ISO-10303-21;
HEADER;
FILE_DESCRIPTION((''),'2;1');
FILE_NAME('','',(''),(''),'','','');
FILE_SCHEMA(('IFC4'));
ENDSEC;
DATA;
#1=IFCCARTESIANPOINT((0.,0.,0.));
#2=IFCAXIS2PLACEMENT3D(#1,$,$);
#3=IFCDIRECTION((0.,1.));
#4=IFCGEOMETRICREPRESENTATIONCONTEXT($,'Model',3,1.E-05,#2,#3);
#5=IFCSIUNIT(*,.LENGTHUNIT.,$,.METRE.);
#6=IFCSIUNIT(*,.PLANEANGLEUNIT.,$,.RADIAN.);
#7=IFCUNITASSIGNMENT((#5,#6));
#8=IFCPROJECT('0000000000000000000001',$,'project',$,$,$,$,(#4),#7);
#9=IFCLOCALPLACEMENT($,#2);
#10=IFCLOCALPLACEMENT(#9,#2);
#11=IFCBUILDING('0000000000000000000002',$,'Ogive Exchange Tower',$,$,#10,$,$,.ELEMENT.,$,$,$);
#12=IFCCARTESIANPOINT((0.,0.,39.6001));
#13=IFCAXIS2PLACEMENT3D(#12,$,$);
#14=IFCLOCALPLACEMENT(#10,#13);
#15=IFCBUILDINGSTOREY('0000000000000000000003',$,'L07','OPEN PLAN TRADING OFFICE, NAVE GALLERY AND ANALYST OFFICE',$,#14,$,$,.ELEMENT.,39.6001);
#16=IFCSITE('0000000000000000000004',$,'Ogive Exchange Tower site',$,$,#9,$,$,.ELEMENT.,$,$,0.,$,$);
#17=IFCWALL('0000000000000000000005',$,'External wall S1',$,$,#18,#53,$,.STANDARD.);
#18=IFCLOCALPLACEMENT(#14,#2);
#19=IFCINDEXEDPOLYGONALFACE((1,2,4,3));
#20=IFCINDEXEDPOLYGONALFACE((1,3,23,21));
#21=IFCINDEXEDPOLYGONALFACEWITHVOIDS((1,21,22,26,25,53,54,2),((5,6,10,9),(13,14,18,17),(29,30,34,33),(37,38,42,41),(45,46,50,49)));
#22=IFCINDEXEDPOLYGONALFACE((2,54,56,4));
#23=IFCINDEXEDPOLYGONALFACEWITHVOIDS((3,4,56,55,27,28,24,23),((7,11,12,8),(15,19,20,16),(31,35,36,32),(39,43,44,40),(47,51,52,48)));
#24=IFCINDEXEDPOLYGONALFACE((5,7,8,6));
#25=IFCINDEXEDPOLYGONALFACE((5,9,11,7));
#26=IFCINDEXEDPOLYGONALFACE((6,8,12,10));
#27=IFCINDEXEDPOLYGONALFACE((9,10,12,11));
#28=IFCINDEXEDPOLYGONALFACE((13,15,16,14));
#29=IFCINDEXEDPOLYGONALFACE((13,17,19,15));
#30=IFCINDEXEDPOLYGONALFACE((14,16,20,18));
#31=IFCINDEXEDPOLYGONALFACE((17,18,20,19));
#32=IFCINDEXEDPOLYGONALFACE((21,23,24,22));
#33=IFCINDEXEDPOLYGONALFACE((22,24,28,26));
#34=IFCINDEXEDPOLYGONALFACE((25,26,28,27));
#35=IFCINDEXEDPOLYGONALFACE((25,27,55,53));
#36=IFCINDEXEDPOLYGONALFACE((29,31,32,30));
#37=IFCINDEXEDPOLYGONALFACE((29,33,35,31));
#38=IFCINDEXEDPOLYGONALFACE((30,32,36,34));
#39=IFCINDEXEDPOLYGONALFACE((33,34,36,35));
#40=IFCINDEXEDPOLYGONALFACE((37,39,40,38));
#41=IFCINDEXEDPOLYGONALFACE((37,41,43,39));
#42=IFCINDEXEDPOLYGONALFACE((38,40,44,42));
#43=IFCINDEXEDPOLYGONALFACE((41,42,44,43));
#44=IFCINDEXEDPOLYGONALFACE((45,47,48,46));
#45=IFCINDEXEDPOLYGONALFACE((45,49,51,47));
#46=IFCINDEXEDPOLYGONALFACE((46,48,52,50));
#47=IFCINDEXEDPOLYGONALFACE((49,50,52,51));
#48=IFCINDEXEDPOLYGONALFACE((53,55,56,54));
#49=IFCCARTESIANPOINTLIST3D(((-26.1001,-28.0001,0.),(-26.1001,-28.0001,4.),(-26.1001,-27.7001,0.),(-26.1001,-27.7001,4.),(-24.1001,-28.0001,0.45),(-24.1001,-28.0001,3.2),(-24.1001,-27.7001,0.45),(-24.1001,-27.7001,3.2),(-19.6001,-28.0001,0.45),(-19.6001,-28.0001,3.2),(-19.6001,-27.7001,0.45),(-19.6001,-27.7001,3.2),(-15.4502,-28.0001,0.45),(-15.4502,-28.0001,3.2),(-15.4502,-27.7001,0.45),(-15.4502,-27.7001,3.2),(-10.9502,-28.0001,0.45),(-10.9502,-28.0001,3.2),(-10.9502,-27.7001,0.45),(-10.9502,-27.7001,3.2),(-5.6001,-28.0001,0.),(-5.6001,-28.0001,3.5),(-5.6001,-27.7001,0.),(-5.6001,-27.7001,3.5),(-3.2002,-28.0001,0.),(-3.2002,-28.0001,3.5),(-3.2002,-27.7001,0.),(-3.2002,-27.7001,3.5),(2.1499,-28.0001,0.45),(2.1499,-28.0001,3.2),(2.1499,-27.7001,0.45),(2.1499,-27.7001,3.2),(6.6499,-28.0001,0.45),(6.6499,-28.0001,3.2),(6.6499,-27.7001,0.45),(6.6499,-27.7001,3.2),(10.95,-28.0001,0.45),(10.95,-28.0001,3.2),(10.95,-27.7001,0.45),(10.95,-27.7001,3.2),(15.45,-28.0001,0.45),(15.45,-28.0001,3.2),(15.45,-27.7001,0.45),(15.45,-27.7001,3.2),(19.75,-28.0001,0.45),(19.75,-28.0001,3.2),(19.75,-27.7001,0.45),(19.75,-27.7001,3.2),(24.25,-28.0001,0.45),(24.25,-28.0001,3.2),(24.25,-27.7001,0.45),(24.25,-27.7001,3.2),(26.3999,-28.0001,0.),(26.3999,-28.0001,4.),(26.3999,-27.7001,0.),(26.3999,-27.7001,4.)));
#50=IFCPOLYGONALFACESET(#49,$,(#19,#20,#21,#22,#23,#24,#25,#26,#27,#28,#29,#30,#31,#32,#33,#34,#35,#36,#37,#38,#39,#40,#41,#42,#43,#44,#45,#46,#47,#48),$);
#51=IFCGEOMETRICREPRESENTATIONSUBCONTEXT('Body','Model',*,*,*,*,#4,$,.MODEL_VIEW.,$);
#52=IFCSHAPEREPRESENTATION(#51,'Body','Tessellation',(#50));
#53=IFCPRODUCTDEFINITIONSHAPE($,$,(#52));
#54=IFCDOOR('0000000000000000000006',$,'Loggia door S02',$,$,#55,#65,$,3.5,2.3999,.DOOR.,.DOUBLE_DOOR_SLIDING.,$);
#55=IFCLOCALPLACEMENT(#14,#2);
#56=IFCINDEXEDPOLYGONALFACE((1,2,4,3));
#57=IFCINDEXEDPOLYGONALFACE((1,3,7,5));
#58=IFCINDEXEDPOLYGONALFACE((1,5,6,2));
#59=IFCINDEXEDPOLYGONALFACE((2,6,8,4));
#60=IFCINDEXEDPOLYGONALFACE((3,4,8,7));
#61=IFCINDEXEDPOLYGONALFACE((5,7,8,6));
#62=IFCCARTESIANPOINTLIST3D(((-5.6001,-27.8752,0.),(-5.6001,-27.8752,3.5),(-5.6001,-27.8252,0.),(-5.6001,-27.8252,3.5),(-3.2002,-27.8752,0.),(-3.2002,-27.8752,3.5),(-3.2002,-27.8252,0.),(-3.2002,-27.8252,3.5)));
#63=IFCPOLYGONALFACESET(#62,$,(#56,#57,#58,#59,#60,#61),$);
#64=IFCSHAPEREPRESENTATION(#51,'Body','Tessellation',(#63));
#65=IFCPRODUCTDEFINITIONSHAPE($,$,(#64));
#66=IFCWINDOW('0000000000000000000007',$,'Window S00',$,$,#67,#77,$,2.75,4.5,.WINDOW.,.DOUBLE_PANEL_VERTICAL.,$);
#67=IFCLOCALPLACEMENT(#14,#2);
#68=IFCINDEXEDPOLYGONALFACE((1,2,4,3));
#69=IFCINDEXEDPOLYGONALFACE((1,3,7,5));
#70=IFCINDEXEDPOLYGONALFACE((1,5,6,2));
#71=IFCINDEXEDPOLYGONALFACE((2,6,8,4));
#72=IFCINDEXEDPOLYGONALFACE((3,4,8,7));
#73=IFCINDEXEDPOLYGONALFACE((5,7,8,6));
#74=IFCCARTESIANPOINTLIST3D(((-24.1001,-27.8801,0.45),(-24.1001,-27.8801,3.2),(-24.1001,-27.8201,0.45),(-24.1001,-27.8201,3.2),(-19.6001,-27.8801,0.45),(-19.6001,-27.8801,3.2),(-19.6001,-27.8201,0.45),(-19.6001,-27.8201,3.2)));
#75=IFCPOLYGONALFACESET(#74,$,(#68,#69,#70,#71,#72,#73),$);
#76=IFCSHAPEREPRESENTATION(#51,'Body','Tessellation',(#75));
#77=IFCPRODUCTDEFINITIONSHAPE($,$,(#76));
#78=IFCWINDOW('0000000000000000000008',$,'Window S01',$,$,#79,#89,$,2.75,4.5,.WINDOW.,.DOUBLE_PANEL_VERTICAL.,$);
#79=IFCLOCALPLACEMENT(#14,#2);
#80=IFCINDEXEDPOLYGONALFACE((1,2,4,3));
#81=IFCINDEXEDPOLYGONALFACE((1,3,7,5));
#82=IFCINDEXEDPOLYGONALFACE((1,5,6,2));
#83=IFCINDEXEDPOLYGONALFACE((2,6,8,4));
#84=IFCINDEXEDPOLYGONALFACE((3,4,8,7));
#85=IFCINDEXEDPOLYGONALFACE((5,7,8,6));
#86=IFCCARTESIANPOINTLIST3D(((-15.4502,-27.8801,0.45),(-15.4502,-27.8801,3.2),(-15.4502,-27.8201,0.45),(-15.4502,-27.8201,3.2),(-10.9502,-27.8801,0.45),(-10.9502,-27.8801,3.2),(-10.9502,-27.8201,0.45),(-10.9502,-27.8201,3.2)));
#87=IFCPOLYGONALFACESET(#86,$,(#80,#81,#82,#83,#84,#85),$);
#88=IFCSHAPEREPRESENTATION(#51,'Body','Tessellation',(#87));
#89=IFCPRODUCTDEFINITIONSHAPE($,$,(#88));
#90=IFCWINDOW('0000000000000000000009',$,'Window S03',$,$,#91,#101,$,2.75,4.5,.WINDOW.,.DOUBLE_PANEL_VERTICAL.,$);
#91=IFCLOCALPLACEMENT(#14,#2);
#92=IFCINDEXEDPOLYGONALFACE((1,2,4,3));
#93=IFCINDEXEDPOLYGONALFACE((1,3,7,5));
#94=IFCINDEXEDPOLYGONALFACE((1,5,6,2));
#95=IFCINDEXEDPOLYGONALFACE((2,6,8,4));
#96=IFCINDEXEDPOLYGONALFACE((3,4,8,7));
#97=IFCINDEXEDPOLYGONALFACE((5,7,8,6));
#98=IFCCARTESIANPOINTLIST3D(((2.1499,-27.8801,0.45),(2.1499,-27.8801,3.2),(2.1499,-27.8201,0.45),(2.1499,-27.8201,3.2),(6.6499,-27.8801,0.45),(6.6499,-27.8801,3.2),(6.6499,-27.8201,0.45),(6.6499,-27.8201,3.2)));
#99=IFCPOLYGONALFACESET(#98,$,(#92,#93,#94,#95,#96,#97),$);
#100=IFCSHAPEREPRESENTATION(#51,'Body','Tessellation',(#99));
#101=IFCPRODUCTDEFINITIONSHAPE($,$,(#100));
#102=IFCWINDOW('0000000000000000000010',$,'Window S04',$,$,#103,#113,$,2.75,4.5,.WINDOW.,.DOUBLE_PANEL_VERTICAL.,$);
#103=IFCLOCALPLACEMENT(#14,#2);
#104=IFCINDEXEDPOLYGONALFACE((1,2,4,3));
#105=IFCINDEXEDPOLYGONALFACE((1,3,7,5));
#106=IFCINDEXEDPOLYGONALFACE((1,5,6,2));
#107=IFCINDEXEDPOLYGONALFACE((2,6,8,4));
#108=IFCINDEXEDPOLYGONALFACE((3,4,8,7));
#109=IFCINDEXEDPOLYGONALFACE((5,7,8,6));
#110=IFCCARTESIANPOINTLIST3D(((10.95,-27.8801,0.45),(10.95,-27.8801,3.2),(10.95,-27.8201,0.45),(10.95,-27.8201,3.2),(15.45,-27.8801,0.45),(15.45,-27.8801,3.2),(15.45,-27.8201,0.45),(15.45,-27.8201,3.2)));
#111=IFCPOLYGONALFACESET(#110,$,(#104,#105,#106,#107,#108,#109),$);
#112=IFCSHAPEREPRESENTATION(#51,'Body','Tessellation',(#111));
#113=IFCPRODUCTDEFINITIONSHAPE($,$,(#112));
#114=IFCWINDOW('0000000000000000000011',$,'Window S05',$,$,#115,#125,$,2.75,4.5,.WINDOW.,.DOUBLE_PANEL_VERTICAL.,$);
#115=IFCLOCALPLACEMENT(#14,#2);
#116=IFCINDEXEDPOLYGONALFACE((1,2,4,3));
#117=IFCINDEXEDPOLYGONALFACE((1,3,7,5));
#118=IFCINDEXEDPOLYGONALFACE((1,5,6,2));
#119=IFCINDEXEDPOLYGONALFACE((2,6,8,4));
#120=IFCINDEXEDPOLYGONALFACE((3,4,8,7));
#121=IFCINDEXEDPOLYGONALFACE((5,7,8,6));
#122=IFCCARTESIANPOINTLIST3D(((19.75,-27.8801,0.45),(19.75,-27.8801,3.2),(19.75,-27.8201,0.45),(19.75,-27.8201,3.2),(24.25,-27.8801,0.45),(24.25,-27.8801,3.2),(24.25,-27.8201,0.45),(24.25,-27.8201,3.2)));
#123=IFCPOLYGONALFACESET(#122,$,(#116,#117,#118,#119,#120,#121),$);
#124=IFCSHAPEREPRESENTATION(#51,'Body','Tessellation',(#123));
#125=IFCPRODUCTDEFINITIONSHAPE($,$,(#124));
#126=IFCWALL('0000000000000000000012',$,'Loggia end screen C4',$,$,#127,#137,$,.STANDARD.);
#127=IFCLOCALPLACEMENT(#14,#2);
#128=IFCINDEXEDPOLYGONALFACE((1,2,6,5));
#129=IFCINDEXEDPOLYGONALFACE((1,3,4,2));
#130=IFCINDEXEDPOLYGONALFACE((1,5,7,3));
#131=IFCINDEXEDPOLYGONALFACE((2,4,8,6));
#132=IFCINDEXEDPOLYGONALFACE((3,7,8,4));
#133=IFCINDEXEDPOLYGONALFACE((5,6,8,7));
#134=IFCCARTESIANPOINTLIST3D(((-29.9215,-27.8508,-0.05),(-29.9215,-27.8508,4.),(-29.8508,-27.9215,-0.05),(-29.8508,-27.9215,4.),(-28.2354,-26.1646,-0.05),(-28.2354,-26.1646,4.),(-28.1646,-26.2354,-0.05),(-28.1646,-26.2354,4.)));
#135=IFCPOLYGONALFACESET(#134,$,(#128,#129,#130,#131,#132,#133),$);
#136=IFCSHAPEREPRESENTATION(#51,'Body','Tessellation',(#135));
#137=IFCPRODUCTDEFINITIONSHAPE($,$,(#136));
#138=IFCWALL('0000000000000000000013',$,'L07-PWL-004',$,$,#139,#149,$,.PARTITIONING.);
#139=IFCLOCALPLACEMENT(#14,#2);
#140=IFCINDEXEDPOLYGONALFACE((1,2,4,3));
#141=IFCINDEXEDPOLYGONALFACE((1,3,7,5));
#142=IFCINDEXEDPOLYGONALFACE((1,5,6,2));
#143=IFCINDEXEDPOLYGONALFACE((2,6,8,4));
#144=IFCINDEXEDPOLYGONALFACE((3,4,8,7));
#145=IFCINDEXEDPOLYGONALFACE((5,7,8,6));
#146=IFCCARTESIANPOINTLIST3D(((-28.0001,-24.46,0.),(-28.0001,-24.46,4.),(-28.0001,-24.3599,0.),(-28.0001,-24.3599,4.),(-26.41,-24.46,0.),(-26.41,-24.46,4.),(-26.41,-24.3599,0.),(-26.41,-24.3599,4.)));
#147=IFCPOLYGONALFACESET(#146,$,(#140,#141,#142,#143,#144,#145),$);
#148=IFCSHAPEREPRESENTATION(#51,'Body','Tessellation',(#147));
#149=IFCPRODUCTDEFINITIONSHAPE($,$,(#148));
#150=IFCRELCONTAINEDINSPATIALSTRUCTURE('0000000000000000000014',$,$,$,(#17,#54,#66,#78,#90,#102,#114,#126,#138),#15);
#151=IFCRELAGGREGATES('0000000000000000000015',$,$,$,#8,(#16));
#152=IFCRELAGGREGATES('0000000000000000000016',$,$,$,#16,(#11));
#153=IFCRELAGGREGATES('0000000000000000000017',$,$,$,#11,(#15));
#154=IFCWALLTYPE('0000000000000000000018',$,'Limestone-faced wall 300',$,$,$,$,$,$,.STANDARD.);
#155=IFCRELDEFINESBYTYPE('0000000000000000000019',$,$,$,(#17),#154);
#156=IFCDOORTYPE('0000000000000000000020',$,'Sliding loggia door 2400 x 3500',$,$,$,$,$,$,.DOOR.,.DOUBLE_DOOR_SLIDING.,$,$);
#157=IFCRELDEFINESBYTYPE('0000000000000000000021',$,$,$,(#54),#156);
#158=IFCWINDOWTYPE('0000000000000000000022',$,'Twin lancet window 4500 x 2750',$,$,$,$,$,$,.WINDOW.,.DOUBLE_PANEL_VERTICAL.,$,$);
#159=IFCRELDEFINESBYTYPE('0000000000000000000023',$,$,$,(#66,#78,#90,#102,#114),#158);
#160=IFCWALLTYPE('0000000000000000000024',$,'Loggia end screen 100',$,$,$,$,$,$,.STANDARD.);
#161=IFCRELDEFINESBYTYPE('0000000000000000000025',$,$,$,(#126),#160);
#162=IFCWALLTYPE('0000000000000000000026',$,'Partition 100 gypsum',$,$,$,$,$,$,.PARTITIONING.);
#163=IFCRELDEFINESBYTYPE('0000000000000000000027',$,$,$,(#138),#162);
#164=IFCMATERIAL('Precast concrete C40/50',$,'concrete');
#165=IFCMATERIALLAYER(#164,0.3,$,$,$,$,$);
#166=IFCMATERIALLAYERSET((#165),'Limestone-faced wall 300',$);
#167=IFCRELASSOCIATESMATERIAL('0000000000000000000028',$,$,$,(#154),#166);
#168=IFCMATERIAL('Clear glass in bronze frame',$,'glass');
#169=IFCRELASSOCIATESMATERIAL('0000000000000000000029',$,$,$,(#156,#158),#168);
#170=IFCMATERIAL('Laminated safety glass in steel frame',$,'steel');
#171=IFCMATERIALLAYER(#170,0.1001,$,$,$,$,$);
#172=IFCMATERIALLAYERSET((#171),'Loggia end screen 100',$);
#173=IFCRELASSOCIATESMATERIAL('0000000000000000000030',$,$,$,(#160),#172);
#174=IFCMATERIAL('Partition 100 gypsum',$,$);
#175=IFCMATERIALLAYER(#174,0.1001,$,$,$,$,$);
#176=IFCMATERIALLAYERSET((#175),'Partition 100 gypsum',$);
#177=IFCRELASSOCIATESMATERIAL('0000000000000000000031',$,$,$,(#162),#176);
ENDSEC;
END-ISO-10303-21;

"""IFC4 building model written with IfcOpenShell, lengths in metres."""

from ifc_helpers import new_model, si_unit, direction, frame, frame_2d, origin, place, context, subcontext, project, spatial, rectangle, extrude, material, layer, layer_set, type_object, element, fill, save


model = new_model("IFC4")

# Units and contexts
model_context = context("Model", 3, precision=1e-05, world=origin(), true_north=direction((0.0, 1.0)))
body_context = subcontext(model_context, "Body", "Model", "MODEL_VIEW")
ifc_project = project(units=[si_unit("LENGTHUNIT", "METRE"), si_unit("PLANEANGLEUNIT", "RADIAN")], contexts=[model_context])

# Site, building, storey
site_placement = place(None, origin())
site = spatial("IfcSite", under=ifc_project, at=site_placement, Name="Ogive Exchange Tower site", CompositionType="ELEMENT", RefElevation=0.0)
building_placement = place(site_placement, origin())
building = spatial("IfcBuilding", under=site, at=building_placement, Name="Ogive Exchange Tower", CompositionType="ELEMENT")
storey_placement = place(building_placement, frame((0.0, 0.0, 39.6001)))
storey = spatial("IfcBuildingStorey", under=building, at=storey_placement, Name="L07", Description="OPEN PLAN TRADING OFFICE, NAVE GALLERY AND ANALYST OFFICE", CompositionType="ELEMENT", Elevation=39.6001)

# Wall, openings, door, windows
ifc_material_1 = material(Name="Precast concrete C40/50", Category="concrete")
ifc_layer_1 = layer(ifc_material_1, 0.3)
ifc_layer_set_1 = layer_set([ifc_layer_1], Name="Limestone-faced wall 300")
wall_type_1 = type_object("IfcWallType", Name="Limestone-faced wall 300", PredefinedType="STANDARD", material=ifc_layer_set_1)
wall_1_placement = place(storey_placement, frame((-26.1001, -27.8501, 0.0), z_axis=(0.0, 0.0, 1.0), x_axis=(1.0, 0.0, 0.0)))
wall_1 = element("IfcWall", 1, at=wall_1_placement, inside=storey, type_object=wall_type_1, Name="External wall S1", PredefinedType="STANDARD", context=body_context, shape_type="SweptSolid", body=[
    extrude(rectangle(XDim=52.5, YDim=0.3, at=frame_2d((26.25, 0.0))), origin(), (0.0, 0.0, 1.0), 4.0),
])
opening_1_placement = place(wall_1_placement, frame((2.0, 0.0, 0.45)))
opening_1 = element("IfcOpeningElement", 2, at=opening_1_placement, cuts=wall_1, PredefinedType="OPENING", context=body_context, shape_type="SweptSolid", body=[
    extrude(rectangle(XDim=4.5, YDim=2.75, at=frame_2d((2.25, 1.375))), frame((0.0, 0.1599, 0.0), z_axis=(0.0, -1.0, 0.0), x_axis=(1.0, 0.0, 0.0)), (0.0, 0.0, 1.0), 0.3201),
])
opening_2_placement = place(wall_1_placement, frame((10.6499, 0.0, 0.45)))
opening_2 = element("IfcOpeningElement", 3, at=opening_2_placement, cuts=wall_1, PredefinedType="OPENING", context=body_context, shape_type="SweptSolid", body=[
    extrude(rectangle(XDim=4.5, YDim=2.75, at=frame_2d((2.25, 1.375))), frame((0.0, 0.1599, 0.0), z_axis=(0.0, -1.0, 0.0), x_axis=(1.0, 0.0, 0.0)), (0.0, 0.0, 1.0), 0.3201),
])
opening_3_placement = place(wall_1_placement, frame((20.5, 0.0, 0.0)))
opening_3 = element("IfcOpeningElement", 4, at=opening_3_placement, cuts=wall_1, PredefinedType="OPENING", context=body_context, shape_type="SweptSolid", body=[
    extrude(rectangle(XDim=2.3999, YDim=3.5, at=frame_2d((1.2, 1.75))), frame((0.0, 0.1599, 0.0), z_axis=(0.0, -1.0, 0.0), x_axis=(1.0, 0.0, 0.0)), (0.0, 0.0, 1.0), 0.3201),
])
opening_4_placement = place(wall_1_placement, frame((28.25, 0.0, 0.45)))
opening_4 = element("IfcOpeningElement", 5, at=opening_4_placement, cuts=wall_1, PredefinedType="OPENING", context=body_context, shape_type="SweptSolid", body=[
    extrude(rectangle(XDim=4.5, YDim=2.75, at=frame_2d((2.25, 1.375))), frame((0.0, 0.1599, 0.0), z_axis=(0.0, -1.0, 0.0), x_axis=(1.0, 0.0, 0.0)), (0.0, 0.0, 1.0), 0.3201),
])
opening_5_placement = place(wall_1_placement, frame((37.05, 0.0, 0.45)))
opening_5 = element("IfcOpeningElement", 6, at=opening_5_placement, cuts=wall_1, PredefinedType="OPENING", context=body_context, shape_type="SweptSolid", body=[
    extrude(rectangle(XDim=4.5, YDim=2.75, at=frame_2d((2.25, 1.375))), frame((0.0, 0.1599, 0.0), z_axis=(0.0, -1.0, 0.0), x_axis=(1.0, 0.0, 0.0)), (0.0, 0.0, 1.0), 0.3201),
])
opening_6_placement = place(wall_1_placement, frame((45.8501, 0.0, 0.45)))
opening_6 = element("IfcOpeningElement", 7, at=opening_6_placement, cuts=wall_1, PredefinedType="OPENING", context=body_context, shape_type="SweptSolid", body=[
    extrude(rectangle(XDim=4.5, YDim=2.75, at=frame_2d((2.25, 1.375))), frame((0.0, 0.1599, 0.0), z_axis=(0.0, -1.0, 0.0), x_axis=(1.0, 0.0, 0.0)), (0.0, 0.0, 1.0), 0.3201),
])
ifc_material_2 = material(Name="Clear glass in bronze frame", Category="glass")
door_type_1 = type_object("IfcDoorType", Name="Sliding loggia door 2400 x 3500", OperationType="DOUBLE_DOOR_SLIDING", PredefinedType="DOOR", material=ifc_material_2)
door_1_placement = place(opening_3_placement, origin())
door_1 = element("IfcDoor", 8, at=door_1_placement, inside=storey, type_object=door_type_1, Name="Loggia door S02", OperationType="DOUBLE_DOOR_SLIDING", OverallHeight=3.5, OverallWidth=2.3999, PredefinedType="DOOR", context=body_context, shape_type="SweptSolid", body=[
    extrude(rectangle(XDim=2.3999, YDim=3.5, at=frame_2d((1.2, 1.75))), frame((0.0, 0.0249, 0.0), z_axis=(0.0, -1.0, 0.0), x_axis=(1.0, 0.0, 0.0)), (0.0, 0.0, 1.0), 0.05),
])
fill(opening_3, door_1)
window_type = type_object("IfcWindowType", Name="Twin lancet window 4500 x 2750", PartitioningType="DOUBLE_PANEL_VERTICAL", PredefinedType="WINDOW", material=ifc_material_2)
window_1_placement = place(opening_1_placement, origin())
window_1 = element("IfcWindow", 9, at=window_1_placement, inside=storey, type_object=window_type, Name="Window S00", OverallHeight=2.75, OverallWidth=4.5, PartitioningType="DOUBLE_PANEL_VERTICAL", PredefinedType="WINDOW", context=body_context, shape_type="SweptSolid", body=[
    extrude(rectangle(XDim=4.5, YDim=2.75, at=frame_2d((2.25, 1.375))), frame((0.0, 0.03, 0.0), z_axis=(0.0, -1.0, 0.0), x_axis=(1.0, 0.0, 0.0)), (0.0, 0.0, 1.0), 0.0601),
])
fill(opening_1, window_1)
window_2_placement = place(opening_2_placement, origin())
window_2 = element("IfcWindow", 10, at=window_2_placement, inside=storey, type_object=window_type, Name="Window S01", OverallHeight=2.75, OverallWidth=4.5, PartitioningType="DOUBLE_PANEL_VERTICAL", PredefinedType="WINDOW", context=body_context, shape_type="SweptSolid", body=[
    extrude(rectangle(XDim=4.5, YDim=2.75, at=frame_2d((2.25, 1.375))), frame((0.0, 0.03, 0.0), z_axis=(0.0, -1.0, 0.0), x_axis=(1.0, 0.0, 0.0)), (0.0, 0.0, 1.0), 0.0601),
])
fill(opening_2, window_2)
window_3_placement = place(opening_4_placement, origin())
window_3 = element("IfcWindow", 11, at=window_3_placement, inside=storey, type_object=window_type, Name="Window S03", OverallHeight=2.75, OverallWidth=4.5, PartitioningType="DOUBLE_PANEL_VERTICAL", PredefinedType="WINDOW", context=body_context, shape_type="SweptSolid", body=[
    extrude(rectangle(XDim=4.5, YDim=2.75, at=frame_2d((2.25, 1.375))), frame((0.0, 0.03, 0.0), z_axis=(0.0, -1.0, 0.0), x_axis=(1.0, 0.0, 0.0)), (0.0, 0.0, 1.0), 0.0601),
])
fill(opening_4, window_3)
window_4_placement = place(opening_5_placement, origin())
window_4 = element("IfcWindow", 12, at=window_4_placement, inside=storey, type_object=window_type, Name="Window S04", OverallHeight=2.75, OverallWidth=4.5, PartitioningType="DOUBLE_PANEL_VERTICAL", PredefinedType="WINDOW", context=body_context, shape_type="SweptSolid", body=[
    extrude(rectangle(XDim=4.5, YDim=2.75, at=frame_2d((2.25, 1.375))), frame((0.0, 0.03, 0.0), z_axis=(0.0, -1.0, 0.0), x_axis=(1.0, 0.0, 0.0)), (0.0, 0.0, 1.0), 0.0601),
])
fill(opening_5, window_4)
window_5_placement = place(opening_6_placement, origin())
window_5 = element("IfcWindow", 13, at=window_5_placement, inside=storey, type_object=window_type, Name="Window S05", OverallHeight=2.75, OverallWidth=4.5, PartitioningType="DOUBLE_PANEL_VERTICAL", PredefinedType="WINDOW", context=body_context, shape_type="SweptSolid", body=[
    extrude(rectangle(XDim=4.5, YDim=2.75, at=frame_2d((2.25, 1.375))), frame((0.0, 0.03, 0.0), z_axis=(0.0, -1.0, 0.0), x_axis=(1.0, 0.0, 0.0)), (0.0, 0.0, 1.0), 0.0601),
])
fill(opening_6, window_5)

# Walls
ifc_material_3 = material(Name="Laminated safety glass in steel frame", Category="steel")
ifc_layer_2 = layer(ifc_material_3, 0.1001)
ifc_layer_set_2 = layer_set([ifc_layer_2], Name="Loggia end screen 100")
wall_type_2 = type_object("IfcWallType", Name="Loggia end screen 100", PredefinedType="STANDARD", material=ifc_layer_set_2)
wall_2_placement = place(storey_placement, frame((-28.2, -26.2, -0.05), z_axis=(0.0, 0.0, 1.0), x_axis=(-0.707107, -0.707107, 0.0)))
element("IfcWall", 14, at=wall_2_placement, inside=storey, type_object=wall_type_2, Name="Loggia end screen C4", PredefinedType="STANDARD", context=body_context, shape_type="SweptSolid", body=[
    extrude(rectangle(XDim=2.3845, YDim=0.1001, at=frame_2d((1.1924, 0.0))), origin(), (0.0, 0.0, 1.0), 4.05),
])
ifc_material_4 = material(Name="Partition 100 gypsum")
ifc_layer_3 = layer(ifc_material_4, 0.1001)
ifc_layer_set_3 = layer_set([ifc_layer_3], Name="Partition 100 gypsum")
wall_type_3 = type_object("IfcWallType", Name="Partition 100 gypsum", PredefinedType="PARTITIONING", material=ifc_layer_set_3)
wall_3_placement = place(storey_placement, frame((-28.0, -24.4099, 0.0), z_axis=(0.0, 0.0, 1.0), x_axis=(1.0, 0.0, 0.0)))
element("IfcWall", 15, at=wall_3_placement, inside=storey, type_object=wall_type_3, Name="L07-PWL-004", PredefinedType="PARTITIONING", context=body_context, shape_type="SweptSolid", body=[
    extrude(rectangle(XDim=1.5901, YDim=0.1001, at=frame_2d((0.7949, 0.0))), origin(), (0.0, 0.0, 1.0), 4.0),
])

save(model, "model.ifc")
